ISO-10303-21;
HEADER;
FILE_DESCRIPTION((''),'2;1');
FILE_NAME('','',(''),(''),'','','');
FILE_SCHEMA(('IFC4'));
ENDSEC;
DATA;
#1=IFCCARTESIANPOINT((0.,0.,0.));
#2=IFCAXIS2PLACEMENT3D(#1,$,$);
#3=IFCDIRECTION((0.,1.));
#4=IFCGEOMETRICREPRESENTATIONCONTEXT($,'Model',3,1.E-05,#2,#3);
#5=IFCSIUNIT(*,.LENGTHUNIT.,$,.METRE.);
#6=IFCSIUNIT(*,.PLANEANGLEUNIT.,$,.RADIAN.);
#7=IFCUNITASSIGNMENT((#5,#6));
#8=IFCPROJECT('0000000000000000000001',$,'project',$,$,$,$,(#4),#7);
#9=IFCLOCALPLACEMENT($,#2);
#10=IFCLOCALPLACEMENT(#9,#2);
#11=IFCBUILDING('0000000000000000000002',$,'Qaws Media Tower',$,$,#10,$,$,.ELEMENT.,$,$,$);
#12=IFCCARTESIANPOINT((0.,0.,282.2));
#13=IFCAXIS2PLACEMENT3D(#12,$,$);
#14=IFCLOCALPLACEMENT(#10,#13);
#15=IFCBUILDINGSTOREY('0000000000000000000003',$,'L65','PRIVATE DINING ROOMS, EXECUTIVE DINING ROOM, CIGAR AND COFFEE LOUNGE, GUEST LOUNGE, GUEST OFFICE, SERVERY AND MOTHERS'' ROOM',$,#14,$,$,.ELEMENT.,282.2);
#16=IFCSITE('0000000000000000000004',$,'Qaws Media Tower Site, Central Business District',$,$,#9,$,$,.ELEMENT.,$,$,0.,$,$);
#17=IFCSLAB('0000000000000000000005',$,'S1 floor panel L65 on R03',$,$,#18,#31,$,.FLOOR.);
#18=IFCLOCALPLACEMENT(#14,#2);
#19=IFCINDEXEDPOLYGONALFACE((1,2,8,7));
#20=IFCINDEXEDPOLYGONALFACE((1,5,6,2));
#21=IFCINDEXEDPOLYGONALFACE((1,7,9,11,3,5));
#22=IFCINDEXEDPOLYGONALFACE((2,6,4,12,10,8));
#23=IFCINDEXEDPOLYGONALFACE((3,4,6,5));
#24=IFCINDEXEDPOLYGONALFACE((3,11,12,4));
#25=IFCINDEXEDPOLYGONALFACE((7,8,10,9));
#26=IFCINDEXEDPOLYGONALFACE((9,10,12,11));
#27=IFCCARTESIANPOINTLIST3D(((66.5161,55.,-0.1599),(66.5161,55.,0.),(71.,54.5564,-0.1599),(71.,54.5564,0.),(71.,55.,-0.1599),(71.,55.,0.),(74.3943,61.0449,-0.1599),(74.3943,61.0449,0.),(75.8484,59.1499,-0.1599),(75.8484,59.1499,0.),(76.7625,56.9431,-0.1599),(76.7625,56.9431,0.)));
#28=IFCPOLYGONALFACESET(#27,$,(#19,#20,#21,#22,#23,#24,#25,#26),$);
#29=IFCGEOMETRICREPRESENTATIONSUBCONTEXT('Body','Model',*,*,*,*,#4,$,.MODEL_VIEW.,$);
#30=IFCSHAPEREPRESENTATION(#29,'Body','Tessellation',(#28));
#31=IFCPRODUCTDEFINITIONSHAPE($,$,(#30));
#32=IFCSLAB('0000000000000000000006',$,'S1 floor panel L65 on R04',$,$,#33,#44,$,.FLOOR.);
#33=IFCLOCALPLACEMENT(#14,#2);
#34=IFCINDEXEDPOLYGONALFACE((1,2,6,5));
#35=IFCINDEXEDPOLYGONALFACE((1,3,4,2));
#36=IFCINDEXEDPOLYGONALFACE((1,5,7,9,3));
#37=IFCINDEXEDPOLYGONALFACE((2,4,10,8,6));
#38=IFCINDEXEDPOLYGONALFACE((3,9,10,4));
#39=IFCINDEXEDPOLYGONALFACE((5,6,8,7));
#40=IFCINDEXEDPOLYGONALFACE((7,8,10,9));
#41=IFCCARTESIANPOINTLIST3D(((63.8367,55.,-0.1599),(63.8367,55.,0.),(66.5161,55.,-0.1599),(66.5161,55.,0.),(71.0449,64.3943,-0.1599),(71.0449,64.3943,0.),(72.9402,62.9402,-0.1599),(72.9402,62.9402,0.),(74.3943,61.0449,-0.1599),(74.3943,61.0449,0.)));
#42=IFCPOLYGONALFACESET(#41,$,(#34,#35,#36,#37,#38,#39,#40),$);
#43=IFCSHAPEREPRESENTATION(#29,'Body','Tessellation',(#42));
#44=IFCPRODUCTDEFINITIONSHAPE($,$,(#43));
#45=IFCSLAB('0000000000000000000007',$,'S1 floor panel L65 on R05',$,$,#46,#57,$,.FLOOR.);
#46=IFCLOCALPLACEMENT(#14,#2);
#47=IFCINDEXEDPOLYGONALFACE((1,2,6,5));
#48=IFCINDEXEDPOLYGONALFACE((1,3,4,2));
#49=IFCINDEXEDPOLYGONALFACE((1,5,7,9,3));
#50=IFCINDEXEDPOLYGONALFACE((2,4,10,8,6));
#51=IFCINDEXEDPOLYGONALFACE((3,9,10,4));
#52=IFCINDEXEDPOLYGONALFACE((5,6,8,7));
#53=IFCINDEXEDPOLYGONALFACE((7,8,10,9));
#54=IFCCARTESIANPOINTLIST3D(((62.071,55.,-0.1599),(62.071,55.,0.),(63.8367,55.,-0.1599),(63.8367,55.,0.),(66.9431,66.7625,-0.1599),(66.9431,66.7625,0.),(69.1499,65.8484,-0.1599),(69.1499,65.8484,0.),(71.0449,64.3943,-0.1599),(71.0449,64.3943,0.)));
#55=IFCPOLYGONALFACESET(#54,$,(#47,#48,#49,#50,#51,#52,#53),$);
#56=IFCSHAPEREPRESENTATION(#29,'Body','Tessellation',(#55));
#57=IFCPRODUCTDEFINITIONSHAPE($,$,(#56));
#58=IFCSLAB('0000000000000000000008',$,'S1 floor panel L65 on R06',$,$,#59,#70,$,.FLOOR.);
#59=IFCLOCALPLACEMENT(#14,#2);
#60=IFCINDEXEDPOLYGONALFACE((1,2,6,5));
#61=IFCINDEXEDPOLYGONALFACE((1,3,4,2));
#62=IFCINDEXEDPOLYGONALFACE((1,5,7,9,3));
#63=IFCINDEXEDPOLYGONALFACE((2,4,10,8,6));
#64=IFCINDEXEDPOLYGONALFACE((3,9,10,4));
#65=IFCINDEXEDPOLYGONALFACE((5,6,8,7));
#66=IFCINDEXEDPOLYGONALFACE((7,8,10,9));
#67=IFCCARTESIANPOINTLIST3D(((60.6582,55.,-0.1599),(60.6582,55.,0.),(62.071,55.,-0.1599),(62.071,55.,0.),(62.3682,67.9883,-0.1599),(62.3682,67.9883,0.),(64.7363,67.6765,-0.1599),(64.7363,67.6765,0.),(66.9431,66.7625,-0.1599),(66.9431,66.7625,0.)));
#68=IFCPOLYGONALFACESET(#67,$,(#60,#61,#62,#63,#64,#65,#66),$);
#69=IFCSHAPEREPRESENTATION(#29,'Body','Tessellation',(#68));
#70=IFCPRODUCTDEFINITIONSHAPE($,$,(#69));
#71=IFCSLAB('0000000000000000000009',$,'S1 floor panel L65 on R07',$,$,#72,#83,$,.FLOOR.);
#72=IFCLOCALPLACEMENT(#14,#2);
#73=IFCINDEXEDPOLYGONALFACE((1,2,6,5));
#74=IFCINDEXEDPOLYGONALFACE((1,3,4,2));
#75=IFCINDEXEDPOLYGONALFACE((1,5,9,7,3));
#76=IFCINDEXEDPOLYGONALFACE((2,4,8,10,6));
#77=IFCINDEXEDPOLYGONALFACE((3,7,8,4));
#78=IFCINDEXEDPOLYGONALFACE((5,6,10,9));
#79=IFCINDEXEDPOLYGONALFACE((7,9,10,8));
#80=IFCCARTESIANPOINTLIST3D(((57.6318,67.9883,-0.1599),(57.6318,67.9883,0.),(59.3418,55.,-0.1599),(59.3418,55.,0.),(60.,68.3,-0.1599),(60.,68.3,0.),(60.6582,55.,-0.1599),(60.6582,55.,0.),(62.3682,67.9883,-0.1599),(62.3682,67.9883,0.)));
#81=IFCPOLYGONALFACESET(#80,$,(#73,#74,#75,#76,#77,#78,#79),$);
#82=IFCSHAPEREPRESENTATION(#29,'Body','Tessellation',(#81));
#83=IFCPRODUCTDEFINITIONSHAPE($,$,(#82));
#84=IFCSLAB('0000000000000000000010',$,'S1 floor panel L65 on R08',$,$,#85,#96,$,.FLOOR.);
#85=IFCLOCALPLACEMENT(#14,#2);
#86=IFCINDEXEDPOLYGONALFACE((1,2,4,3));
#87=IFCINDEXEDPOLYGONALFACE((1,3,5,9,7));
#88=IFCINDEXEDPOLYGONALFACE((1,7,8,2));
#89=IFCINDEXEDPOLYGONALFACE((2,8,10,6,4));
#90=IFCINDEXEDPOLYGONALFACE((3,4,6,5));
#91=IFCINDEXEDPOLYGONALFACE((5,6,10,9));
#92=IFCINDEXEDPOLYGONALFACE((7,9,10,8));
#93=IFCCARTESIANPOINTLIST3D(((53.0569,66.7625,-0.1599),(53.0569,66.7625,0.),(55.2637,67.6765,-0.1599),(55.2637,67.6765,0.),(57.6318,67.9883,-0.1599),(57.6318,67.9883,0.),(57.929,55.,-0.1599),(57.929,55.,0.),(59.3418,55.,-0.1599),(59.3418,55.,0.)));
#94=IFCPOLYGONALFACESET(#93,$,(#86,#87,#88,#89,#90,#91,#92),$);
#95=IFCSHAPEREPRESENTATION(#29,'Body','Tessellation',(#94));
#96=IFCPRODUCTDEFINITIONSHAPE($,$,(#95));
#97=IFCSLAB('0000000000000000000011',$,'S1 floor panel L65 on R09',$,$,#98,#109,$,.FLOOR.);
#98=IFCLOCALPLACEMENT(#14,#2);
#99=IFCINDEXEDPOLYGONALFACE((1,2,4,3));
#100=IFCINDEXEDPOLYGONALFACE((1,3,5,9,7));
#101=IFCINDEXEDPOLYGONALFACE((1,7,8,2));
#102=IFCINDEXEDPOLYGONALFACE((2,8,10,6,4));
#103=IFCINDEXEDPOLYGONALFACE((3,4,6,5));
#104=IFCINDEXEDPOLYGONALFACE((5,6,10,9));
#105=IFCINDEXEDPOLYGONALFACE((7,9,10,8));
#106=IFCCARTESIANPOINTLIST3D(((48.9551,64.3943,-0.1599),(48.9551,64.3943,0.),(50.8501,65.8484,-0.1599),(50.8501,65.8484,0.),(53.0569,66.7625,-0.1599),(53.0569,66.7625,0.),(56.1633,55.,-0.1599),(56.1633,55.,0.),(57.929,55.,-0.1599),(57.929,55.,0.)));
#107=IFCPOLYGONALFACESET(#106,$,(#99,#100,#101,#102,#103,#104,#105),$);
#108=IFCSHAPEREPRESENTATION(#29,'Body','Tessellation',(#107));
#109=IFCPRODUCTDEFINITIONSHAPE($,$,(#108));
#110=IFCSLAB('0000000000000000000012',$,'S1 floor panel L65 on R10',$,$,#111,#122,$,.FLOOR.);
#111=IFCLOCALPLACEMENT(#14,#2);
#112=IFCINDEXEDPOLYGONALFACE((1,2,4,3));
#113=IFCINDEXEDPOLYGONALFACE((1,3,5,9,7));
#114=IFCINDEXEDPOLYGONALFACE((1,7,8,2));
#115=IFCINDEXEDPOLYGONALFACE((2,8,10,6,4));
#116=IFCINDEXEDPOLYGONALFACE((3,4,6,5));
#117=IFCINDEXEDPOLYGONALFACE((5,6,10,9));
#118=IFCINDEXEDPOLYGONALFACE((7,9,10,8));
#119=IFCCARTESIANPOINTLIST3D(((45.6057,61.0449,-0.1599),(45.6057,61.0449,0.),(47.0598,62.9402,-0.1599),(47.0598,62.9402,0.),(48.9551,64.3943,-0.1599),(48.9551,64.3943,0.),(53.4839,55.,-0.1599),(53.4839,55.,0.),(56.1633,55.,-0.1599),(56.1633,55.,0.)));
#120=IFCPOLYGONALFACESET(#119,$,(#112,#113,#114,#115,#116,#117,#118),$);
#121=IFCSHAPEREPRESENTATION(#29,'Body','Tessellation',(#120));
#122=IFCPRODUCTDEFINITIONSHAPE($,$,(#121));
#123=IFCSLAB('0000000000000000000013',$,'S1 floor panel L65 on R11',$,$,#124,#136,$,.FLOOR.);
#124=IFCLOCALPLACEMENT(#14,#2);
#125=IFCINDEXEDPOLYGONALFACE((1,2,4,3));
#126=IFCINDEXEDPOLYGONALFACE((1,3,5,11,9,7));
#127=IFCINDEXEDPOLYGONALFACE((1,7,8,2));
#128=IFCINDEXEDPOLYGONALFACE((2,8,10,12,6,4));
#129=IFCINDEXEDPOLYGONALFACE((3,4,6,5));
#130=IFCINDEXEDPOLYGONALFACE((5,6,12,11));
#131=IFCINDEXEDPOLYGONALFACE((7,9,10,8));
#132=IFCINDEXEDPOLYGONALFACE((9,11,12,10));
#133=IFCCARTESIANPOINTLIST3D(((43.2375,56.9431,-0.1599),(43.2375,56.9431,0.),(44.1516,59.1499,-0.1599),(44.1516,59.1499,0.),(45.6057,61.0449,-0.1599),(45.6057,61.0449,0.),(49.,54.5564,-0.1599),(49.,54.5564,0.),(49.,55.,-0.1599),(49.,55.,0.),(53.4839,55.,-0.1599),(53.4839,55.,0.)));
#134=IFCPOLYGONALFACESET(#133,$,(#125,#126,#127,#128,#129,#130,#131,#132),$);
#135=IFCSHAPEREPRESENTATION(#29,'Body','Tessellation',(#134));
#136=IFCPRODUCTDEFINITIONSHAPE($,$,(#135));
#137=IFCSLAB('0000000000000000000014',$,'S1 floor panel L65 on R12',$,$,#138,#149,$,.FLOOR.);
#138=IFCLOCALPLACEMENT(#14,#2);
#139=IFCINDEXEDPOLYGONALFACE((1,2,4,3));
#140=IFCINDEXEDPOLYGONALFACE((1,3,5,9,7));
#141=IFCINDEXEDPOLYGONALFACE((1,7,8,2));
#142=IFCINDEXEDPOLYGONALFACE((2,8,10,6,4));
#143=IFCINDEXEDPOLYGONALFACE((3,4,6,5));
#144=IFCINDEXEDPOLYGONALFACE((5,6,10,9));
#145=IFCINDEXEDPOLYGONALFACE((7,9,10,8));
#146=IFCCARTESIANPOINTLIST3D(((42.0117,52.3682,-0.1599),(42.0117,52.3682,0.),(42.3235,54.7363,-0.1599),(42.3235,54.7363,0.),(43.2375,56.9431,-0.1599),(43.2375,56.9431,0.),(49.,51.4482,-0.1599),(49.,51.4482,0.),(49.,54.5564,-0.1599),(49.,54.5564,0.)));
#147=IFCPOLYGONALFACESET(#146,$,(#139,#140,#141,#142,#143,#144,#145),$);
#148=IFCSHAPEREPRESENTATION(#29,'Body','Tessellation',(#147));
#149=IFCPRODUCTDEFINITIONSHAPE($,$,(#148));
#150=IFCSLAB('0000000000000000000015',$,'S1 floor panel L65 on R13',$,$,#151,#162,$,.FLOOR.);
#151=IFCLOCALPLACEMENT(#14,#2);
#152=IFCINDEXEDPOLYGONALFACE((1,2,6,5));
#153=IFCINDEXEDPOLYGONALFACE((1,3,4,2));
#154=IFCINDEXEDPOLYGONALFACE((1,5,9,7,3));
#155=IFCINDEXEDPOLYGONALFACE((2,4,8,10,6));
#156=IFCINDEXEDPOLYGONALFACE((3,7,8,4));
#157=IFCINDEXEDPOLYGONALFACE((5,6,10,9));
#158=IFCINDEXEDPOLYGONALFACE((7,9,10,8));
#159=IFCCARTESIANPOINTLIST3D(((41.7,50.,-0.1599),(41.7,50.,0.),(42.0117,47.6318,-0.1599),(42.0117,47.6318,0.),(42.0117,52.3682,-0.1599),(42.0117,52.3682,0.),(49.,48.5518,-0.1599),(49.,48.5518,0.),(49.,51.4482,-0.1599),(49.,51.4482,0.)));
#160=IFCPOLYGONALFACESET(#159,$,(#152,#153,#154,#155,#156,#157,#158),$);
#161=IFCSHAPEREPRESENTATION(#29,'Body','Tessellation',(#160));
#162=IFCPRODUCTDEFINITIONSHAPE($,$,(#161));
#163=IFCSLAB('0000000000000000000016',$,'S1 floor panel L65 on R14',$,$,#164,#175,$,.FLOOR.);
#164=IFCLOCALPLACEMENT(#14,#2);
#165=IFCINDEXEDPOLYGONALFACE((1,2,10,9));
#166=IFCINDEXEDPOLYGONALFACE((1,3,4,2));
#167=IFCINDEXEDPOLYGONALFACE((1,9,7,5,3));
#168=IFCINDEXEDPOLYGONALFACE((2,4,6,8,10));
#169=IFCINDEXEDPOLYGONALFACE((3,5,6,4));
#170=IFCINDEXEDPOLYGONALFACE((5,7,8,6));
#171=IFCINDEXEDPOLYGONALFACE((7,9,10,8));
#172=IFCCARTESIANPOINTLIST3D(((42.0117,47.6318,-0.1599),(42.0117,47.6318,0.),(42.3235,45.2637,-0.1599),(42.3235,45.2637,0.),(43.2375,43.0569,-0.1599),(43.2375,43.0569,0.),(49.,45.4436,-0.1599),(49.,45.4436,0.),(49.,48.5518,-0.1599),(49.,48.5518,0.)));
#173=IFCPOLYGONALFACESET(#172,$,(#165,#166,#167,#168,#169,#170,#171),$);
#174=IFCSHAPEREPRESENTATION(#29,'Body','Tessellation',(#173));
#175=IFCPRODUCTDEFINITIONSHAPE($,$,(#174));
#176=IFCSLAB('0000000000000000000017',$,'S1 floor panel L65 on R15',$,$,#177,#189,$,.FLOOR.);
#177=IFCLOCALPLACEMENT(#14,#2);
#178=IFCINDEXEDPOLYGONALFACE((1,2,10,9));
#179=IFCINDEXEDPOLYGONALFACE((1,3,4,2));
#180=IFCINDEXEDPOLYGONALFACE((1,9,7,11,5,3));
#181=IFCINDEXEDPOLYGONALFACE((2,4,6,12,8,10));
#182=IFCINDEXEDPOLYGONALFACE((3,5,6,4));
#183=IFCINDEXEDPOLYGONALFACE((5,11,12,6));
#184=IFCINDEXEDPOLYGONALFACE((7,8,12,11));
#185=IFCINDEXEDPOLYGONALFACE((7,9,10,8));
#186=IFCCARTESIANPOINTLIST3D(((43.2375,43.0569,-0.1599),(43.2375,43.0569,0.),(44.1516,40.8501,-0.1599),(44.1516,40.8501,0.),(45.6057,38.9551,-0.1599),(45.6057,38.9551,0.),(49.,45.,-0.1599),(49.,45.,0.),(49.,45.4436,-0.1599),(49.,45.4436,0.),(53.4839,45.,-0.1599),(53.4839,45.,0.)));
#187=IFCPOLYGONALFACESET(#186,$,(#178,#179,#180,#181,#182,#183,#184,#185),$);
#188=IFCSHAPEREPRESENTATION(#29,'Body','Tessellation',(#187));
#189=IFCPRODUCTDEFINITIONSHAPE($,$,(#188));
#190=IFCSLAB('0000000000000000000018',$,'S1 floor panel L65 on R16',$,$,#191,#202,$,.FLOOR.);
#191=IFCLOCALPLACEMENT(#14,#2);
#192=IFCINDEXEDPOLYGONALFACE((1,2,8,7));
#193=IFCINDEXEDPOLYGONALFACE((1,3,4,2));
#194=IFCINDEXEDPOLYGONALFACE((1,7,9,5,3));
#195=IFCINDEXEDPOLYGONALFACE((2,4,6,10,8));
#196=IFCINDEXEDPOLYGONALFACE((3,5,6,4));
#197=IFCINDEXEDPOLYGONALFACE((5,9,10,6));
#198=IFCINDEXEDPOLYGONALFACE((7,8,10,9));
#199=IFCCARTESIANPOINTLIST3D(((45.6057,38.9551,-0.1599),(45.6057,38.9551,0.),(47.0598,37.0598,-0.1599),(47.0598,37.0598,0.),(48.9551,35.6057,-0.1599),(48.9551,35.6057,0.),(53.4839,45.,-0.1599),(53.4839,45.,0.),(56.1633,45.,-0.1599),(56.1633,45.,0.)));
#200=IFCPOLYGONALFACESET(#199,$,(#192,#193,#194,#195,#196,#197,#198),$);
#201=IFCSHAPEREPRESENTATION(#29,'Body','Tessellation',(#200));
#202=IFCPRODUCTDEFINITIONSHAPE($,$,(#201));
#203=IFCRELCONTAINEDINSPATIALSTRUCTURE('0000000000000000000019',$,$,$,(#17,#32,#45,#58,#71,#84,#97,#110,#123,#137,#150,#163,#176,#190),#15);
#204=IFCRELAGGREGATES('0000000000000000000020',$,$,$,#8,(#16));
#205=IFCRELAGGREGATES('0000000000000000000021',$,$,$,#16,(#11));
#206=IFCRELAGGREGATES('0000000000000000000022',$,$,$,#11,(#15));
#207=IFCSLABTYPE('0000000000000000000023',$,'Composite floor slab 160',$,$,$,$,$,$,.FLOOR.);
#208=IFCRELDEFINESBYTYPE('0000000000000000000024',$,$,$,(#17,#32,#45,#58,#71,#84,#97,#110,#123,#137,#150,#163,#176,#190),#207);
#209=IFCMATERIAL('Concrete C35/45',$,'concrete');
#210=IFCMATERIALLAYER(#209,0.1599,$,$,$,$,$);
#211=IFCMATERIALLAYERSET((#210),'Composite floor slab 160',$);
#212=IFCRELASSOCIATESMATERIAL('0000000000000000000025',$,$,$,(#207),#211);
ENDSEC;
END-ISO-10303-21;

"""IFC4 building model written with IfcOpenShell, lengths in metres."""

from ifc_helpers import new_model, si_unit, direction, frame, origin, place, context, subcontext, project, spatial, polyline, outline, extrude, material, layer, layer_set, type_object, element, save


model = new_model("IFC4")

# Units and contexts
model_context = context("Model", 3, precision=1e-05, world=origin(), true_north=direction((0.0, 1.0)))
body_context = subcontext(model_context, "Body", "Model", "MODEL_VIEW")
ifc_project = project(units=[si_unit("LENGTHUNIT", "METRE"), si_unit("PLANEANGLEUNIT", "RADIAN")], contexts=[model_context])

# Site, building, storey
site_placement = place(None, origin())
site = spatial("IfcSite", under=ifc_project, at=site_placement, Name="Qaws Media Tower Site, Central Business District", CompositionType="ELEMENT", RefElevation=0.0)
building_placement = place(site_placement, origin())
building = spatial("IfcBuilding", under=site, at=building_placement, Name="Qaws Media Tower", CompositionType="ELEMENT")
storey_placement = place(building_placement, frame((0.0, 0.0, 282.2)))
storey = spatial("IfcBuildingStorey", under=building, at=storey_placement, Name="L65", Description="PRIVATE DINING ROOMS, EXECUTIVE DINING ROOM, CIGAR AND COFFEE LOUNGE, GUEST LOUNGE, GUEST OFFICE, SERVERY AND MOTHERS' ROOM", CompositionType="ELEMENT", Elevation=282.2)

# Slabs
ifc_material_1 = material(Name="Concrete C35/45", Category="concrete")
ifc_layer_1 = layer(ifc_material_1, 0.1599)
ifc_layer_set_1 = layer_set([ifc_layer_1], Name="Composite floor slab 160")
slab_type_1 = type_object("IfcSlabType", Name="Composite floor slab 160", PredefinedType="FLOOR", material=ifc_layer_set_1)
slab_1_placement = place(storey_placement, frame((0.0, 0.0, -0.1599)))
element("IfcSlab", 1, at=slab_1_placement, inside=storey, type_object=slab_type_1, Name="S1 floor panel L65 on R03", PredefinedType="FLOOR", context=body_context, shape_type="SweptSolid", body=[
    extrude(outline(polyline([(75.8484, 59.1499), (76.7625, 56.9431), (71.0, 54.5564), (71.0, 55.0), (66.5161, 55.0), (74.3943, 61.0449), (75.8484, 59.1499)])), origin(), (0.0, 0.0, 1.0), 0.1599),
])
slab_2_placement = place(storey_placement, frame((0.0, 0.0, -0.1599)))
element("IfcSlab", 2, at=slab_2_placement, inside=storey, type_object=slab_type_1, Name="S1 floor panel L65 on R04", PredefinedType="FLOOR", context=body_context, shape_type="SweptSolid", body=[
    extrude(outline(polyline([(72.9402, 62.9402), (74.3943, 61.0449), (66.5161, 55.0), (63.8367, 55.0), (71.0449, 64.3943), (72.9402, 62.9402)])), origin(), (0.0, 0.0, 1.0), 0.1599),
])
slab_3_placement = place(storey_placement, frame((0.0, 0.0, -0.1599)))
element("IfcSlab", 3, at=slab_3_placement, inside=storey, type_object=slab_type_1, Name="S1 floor panel L65 on R05", PredefinedType="FLOOR", context=body_context, shape_type="SweptSolid", body=[
    extrude(outline(polyline([(69.1499, 65.8484), (71.0449, 64.3943), (63.8367, 55.0), (62.071, 55.0), (66.9431, 66.7625), (69.1499, 65.8484)])), origin(), (0.0, 0.0, 1.0), 0.1599),
])
slab_4_placement = place(storey_placement, frame((0.0, 0.0, -0.1599)))
element("IfcSlab", 4, at=slab_4_placement, inside=storey, type_object=slab_type_1, Name="S1 floor panel L65 on R06", PredefinedType="FLOOR", context=body_context, shape_type="SweptSolid", body=[
    extrude(outline(polyline([(64.7363, 67.6765), (66.9431, 66.7625), (62.071, 55.0), (60.6582, 55.0), (62.3682, 67.9883), (64.7363, 67.6765)])), origin(), (0.0, 0.0, 1.0), 0.1599),
])
slab_5_placement = place(storey_placement, frame((0.0, 0.0, -0.1599)))
element("IfcSlab", 5, at=slab_5_placement, inside=storey, type_object=slab_type_1, Name="S1 floor panel L65 on R07", PredefinedType="FLOOR", context=body_context, shape_type="SweptSolid", body=[
    extrude(outline(polyline([(60.0, 68.3), (62.3682, 67.9883), (60.6582, 55.0), (59.3418, 55.0), (57.6318, 67.9883), (60.0, 68.3)])), origin(), (0.0, 0.0, 1.0), 0.1599),
])
slab_6_placement = place(storey_placement, frame((0.0, 0.0, -0.1599)))
element("IfcSlab", 6, at=slab_6_placement, inside=storey, type_object=slab_type_1, Name="S1 floor panel L65 on R08", PredefinedType="FLOOR", context=body_context, shape_type="SweptSolid", body=[
    extrude(outline(polyline([(55.2637, 67.6765), (57.6318, 67.9883), (59.3418, 55.0), (57.929, 55.0), (53.0569, 66.7625), (55.2637, 67.6765)])), origin(), (0.0, 0.0, 1.0), 0.1599),
])
slab_7_placement = place(storey_placement, frame((0.0, 0.0, -0.1599)))
element("IfcSlab", 7, at=slab_7_placement, inside=storey, type_object=slab_type_1, Name="S1 floor panel L65 on R09", PredefinedType="FLOOR", context=body_context, shape_type="SweptSolid", body=[
    extrude(outline(polyline([(50.8501, 65.8484), (53.0569, 66.7625), (57.929, 55.0), (56.1633, 55.0), (48.9551, 64.3943), (50.8501, 65.8484)])), origin(), (0.0, 0.0, 1.0), 0.1599),
])
slab_8_placement = place(storey_placement, frame((0.0, 0.0, -0.1599)))
element("IfcSlab", 8, at=slab_8_placement, inside=storey, type_object=slab_type_1, Name="S1 floor panel L65 on R10", PredefinedType="FLOOR", context=body_context, shape_type="SweptSolid", body=[
    extrude(outline(polyline([(47.0598, 62.9402), (48.9551, 64.3943), (56.1633, 55.0), (53.4839, 55.0), (45.6057, 61.0449), (47.0598, 62.9402)])), origin(), (0.0, 0.0, 1.0), 0.1599),
])
slab_9_placement = place(storey_placement, frame((0.0, 0.0, -0.1599)))
element("IfcSlab", 9, at=slab_9_placement, inside=storey, type_object=slab_type_1, Name="S1 floor panel L65 on R11", PredefinedType="FLOOR", context=body_context, shape_type="SweptSolid", body=[
    extrude(outline(polyline([(44.1516, 59.1499), (45.6057, 61.0449), (53.4839, 55.0), (49.0, 55.0), (49.0, 54.5564), (43.2375, 56.9431), (44.1516, 59.1499)])), origin(), (0.0, 0.0, 1.0), 0.1599),
])
slab_10_placement = place(storey_placement, frame((0.0, 0.0, -0.1599)))
element("IfcSlab", 10, at=slab_10_placement, inside=storey, type_object=slab_type_1, Name="S1 floor panel L65 on R12", PredefinedType="FLOOR", context=body_context, shape_type="SweptSolid", body=[
    extrude(outline(polyline([(42.3235, 54.7363), (43.2375, 56.9431), (49.0, 54.5564), (49.0, 51.4482), (42.0117, 52.3682), (42.3235, 54.7363)])), origin(), (0.0, 0.0, 1.0), 0.1599),
])
slab_11_placement = place(storey_placement, frame((0.0, 0.0, -0.1599)))
element("IfcSlab", 11, at=slab_11_placement, inside=storey, type_object=slab_type_1, Name="S1 floor panel L65 on R13", PredefinedType="FLOOR", context=body_context, shape_type="SweptSolid", body=[
    extrude(outline(polyline([(41.7, 50.0), (42.0117, 52.3682), (49.0, 51.4482), (49.0, 48.5518), (42.0117, 47.6318), (41.7, 50.0)])), origin(), (0.0, 0.0, 1.0), 0.1599),
])
slab_12_placement = place(storey_placement, frame((0.0, 0.0, -0.1599)))
element("IfcSlab", 12, at=slab_12_placement, inside=storey, type_object=slab_type_1, Name="S1 floor panel L65 on R14", PredefinedType="FLOOR", context=body_context, shape_type="SweptSolid", body=[
    extrude(outline(polyline([(42.3235, 45.2637), (42.0117, 47.6318), (49.0, 48.5518), (49.0, 45.4436), (43.2375, 43.0569), (42.3235, 45.2637)])), origin(), (0.0, 0.0, 1.0), 0.1599),
])
slab_13_placement = place(storey_placement, frame((0.0, 0.0, -0.1599)))
element("IfcSlab", 13, at=slab_13_placement, inside=storey, type_object=slab_type_1, Name="S1 floor panel L65 on R15", PredefinedType="FLOOR", context=body_context, shape_type="SweptSolid", body=[
    extrude(outline(polyline([(44.1516, 40.8501), (43.2375, 43.0569), (49.0, 45.4436), (49.0, 45.0), (53.4839, 45.0), (45.6057, 38.9551), (44.1516, 40.8501)])), origin(), (0.0, 0.0, 1.0), 0.1599),
])
slab_14_placement = place(storey_placement, frame((0.0, 0.0, -0.1599)))
element("IfcSlab", 14, at=slab_14_placement, inside=storey, type_object=slab_type_1, Name="S1 floor panel L65 on R16", PredefinedType="FLOOR", context=body_context, shape_type="SweptSolid", body=[
    extrude(outline(polyline([(47.0598, 37.0598), (45.6057, 38.9551), (53.4839, 45.0), (56.1633, 45.0), (48.9551, 35.6057), (47.0598, 37.0598)])), origin(), (0.0, 0.0, 1.0), 0.1599),
])

save(model, "model.ifc")
